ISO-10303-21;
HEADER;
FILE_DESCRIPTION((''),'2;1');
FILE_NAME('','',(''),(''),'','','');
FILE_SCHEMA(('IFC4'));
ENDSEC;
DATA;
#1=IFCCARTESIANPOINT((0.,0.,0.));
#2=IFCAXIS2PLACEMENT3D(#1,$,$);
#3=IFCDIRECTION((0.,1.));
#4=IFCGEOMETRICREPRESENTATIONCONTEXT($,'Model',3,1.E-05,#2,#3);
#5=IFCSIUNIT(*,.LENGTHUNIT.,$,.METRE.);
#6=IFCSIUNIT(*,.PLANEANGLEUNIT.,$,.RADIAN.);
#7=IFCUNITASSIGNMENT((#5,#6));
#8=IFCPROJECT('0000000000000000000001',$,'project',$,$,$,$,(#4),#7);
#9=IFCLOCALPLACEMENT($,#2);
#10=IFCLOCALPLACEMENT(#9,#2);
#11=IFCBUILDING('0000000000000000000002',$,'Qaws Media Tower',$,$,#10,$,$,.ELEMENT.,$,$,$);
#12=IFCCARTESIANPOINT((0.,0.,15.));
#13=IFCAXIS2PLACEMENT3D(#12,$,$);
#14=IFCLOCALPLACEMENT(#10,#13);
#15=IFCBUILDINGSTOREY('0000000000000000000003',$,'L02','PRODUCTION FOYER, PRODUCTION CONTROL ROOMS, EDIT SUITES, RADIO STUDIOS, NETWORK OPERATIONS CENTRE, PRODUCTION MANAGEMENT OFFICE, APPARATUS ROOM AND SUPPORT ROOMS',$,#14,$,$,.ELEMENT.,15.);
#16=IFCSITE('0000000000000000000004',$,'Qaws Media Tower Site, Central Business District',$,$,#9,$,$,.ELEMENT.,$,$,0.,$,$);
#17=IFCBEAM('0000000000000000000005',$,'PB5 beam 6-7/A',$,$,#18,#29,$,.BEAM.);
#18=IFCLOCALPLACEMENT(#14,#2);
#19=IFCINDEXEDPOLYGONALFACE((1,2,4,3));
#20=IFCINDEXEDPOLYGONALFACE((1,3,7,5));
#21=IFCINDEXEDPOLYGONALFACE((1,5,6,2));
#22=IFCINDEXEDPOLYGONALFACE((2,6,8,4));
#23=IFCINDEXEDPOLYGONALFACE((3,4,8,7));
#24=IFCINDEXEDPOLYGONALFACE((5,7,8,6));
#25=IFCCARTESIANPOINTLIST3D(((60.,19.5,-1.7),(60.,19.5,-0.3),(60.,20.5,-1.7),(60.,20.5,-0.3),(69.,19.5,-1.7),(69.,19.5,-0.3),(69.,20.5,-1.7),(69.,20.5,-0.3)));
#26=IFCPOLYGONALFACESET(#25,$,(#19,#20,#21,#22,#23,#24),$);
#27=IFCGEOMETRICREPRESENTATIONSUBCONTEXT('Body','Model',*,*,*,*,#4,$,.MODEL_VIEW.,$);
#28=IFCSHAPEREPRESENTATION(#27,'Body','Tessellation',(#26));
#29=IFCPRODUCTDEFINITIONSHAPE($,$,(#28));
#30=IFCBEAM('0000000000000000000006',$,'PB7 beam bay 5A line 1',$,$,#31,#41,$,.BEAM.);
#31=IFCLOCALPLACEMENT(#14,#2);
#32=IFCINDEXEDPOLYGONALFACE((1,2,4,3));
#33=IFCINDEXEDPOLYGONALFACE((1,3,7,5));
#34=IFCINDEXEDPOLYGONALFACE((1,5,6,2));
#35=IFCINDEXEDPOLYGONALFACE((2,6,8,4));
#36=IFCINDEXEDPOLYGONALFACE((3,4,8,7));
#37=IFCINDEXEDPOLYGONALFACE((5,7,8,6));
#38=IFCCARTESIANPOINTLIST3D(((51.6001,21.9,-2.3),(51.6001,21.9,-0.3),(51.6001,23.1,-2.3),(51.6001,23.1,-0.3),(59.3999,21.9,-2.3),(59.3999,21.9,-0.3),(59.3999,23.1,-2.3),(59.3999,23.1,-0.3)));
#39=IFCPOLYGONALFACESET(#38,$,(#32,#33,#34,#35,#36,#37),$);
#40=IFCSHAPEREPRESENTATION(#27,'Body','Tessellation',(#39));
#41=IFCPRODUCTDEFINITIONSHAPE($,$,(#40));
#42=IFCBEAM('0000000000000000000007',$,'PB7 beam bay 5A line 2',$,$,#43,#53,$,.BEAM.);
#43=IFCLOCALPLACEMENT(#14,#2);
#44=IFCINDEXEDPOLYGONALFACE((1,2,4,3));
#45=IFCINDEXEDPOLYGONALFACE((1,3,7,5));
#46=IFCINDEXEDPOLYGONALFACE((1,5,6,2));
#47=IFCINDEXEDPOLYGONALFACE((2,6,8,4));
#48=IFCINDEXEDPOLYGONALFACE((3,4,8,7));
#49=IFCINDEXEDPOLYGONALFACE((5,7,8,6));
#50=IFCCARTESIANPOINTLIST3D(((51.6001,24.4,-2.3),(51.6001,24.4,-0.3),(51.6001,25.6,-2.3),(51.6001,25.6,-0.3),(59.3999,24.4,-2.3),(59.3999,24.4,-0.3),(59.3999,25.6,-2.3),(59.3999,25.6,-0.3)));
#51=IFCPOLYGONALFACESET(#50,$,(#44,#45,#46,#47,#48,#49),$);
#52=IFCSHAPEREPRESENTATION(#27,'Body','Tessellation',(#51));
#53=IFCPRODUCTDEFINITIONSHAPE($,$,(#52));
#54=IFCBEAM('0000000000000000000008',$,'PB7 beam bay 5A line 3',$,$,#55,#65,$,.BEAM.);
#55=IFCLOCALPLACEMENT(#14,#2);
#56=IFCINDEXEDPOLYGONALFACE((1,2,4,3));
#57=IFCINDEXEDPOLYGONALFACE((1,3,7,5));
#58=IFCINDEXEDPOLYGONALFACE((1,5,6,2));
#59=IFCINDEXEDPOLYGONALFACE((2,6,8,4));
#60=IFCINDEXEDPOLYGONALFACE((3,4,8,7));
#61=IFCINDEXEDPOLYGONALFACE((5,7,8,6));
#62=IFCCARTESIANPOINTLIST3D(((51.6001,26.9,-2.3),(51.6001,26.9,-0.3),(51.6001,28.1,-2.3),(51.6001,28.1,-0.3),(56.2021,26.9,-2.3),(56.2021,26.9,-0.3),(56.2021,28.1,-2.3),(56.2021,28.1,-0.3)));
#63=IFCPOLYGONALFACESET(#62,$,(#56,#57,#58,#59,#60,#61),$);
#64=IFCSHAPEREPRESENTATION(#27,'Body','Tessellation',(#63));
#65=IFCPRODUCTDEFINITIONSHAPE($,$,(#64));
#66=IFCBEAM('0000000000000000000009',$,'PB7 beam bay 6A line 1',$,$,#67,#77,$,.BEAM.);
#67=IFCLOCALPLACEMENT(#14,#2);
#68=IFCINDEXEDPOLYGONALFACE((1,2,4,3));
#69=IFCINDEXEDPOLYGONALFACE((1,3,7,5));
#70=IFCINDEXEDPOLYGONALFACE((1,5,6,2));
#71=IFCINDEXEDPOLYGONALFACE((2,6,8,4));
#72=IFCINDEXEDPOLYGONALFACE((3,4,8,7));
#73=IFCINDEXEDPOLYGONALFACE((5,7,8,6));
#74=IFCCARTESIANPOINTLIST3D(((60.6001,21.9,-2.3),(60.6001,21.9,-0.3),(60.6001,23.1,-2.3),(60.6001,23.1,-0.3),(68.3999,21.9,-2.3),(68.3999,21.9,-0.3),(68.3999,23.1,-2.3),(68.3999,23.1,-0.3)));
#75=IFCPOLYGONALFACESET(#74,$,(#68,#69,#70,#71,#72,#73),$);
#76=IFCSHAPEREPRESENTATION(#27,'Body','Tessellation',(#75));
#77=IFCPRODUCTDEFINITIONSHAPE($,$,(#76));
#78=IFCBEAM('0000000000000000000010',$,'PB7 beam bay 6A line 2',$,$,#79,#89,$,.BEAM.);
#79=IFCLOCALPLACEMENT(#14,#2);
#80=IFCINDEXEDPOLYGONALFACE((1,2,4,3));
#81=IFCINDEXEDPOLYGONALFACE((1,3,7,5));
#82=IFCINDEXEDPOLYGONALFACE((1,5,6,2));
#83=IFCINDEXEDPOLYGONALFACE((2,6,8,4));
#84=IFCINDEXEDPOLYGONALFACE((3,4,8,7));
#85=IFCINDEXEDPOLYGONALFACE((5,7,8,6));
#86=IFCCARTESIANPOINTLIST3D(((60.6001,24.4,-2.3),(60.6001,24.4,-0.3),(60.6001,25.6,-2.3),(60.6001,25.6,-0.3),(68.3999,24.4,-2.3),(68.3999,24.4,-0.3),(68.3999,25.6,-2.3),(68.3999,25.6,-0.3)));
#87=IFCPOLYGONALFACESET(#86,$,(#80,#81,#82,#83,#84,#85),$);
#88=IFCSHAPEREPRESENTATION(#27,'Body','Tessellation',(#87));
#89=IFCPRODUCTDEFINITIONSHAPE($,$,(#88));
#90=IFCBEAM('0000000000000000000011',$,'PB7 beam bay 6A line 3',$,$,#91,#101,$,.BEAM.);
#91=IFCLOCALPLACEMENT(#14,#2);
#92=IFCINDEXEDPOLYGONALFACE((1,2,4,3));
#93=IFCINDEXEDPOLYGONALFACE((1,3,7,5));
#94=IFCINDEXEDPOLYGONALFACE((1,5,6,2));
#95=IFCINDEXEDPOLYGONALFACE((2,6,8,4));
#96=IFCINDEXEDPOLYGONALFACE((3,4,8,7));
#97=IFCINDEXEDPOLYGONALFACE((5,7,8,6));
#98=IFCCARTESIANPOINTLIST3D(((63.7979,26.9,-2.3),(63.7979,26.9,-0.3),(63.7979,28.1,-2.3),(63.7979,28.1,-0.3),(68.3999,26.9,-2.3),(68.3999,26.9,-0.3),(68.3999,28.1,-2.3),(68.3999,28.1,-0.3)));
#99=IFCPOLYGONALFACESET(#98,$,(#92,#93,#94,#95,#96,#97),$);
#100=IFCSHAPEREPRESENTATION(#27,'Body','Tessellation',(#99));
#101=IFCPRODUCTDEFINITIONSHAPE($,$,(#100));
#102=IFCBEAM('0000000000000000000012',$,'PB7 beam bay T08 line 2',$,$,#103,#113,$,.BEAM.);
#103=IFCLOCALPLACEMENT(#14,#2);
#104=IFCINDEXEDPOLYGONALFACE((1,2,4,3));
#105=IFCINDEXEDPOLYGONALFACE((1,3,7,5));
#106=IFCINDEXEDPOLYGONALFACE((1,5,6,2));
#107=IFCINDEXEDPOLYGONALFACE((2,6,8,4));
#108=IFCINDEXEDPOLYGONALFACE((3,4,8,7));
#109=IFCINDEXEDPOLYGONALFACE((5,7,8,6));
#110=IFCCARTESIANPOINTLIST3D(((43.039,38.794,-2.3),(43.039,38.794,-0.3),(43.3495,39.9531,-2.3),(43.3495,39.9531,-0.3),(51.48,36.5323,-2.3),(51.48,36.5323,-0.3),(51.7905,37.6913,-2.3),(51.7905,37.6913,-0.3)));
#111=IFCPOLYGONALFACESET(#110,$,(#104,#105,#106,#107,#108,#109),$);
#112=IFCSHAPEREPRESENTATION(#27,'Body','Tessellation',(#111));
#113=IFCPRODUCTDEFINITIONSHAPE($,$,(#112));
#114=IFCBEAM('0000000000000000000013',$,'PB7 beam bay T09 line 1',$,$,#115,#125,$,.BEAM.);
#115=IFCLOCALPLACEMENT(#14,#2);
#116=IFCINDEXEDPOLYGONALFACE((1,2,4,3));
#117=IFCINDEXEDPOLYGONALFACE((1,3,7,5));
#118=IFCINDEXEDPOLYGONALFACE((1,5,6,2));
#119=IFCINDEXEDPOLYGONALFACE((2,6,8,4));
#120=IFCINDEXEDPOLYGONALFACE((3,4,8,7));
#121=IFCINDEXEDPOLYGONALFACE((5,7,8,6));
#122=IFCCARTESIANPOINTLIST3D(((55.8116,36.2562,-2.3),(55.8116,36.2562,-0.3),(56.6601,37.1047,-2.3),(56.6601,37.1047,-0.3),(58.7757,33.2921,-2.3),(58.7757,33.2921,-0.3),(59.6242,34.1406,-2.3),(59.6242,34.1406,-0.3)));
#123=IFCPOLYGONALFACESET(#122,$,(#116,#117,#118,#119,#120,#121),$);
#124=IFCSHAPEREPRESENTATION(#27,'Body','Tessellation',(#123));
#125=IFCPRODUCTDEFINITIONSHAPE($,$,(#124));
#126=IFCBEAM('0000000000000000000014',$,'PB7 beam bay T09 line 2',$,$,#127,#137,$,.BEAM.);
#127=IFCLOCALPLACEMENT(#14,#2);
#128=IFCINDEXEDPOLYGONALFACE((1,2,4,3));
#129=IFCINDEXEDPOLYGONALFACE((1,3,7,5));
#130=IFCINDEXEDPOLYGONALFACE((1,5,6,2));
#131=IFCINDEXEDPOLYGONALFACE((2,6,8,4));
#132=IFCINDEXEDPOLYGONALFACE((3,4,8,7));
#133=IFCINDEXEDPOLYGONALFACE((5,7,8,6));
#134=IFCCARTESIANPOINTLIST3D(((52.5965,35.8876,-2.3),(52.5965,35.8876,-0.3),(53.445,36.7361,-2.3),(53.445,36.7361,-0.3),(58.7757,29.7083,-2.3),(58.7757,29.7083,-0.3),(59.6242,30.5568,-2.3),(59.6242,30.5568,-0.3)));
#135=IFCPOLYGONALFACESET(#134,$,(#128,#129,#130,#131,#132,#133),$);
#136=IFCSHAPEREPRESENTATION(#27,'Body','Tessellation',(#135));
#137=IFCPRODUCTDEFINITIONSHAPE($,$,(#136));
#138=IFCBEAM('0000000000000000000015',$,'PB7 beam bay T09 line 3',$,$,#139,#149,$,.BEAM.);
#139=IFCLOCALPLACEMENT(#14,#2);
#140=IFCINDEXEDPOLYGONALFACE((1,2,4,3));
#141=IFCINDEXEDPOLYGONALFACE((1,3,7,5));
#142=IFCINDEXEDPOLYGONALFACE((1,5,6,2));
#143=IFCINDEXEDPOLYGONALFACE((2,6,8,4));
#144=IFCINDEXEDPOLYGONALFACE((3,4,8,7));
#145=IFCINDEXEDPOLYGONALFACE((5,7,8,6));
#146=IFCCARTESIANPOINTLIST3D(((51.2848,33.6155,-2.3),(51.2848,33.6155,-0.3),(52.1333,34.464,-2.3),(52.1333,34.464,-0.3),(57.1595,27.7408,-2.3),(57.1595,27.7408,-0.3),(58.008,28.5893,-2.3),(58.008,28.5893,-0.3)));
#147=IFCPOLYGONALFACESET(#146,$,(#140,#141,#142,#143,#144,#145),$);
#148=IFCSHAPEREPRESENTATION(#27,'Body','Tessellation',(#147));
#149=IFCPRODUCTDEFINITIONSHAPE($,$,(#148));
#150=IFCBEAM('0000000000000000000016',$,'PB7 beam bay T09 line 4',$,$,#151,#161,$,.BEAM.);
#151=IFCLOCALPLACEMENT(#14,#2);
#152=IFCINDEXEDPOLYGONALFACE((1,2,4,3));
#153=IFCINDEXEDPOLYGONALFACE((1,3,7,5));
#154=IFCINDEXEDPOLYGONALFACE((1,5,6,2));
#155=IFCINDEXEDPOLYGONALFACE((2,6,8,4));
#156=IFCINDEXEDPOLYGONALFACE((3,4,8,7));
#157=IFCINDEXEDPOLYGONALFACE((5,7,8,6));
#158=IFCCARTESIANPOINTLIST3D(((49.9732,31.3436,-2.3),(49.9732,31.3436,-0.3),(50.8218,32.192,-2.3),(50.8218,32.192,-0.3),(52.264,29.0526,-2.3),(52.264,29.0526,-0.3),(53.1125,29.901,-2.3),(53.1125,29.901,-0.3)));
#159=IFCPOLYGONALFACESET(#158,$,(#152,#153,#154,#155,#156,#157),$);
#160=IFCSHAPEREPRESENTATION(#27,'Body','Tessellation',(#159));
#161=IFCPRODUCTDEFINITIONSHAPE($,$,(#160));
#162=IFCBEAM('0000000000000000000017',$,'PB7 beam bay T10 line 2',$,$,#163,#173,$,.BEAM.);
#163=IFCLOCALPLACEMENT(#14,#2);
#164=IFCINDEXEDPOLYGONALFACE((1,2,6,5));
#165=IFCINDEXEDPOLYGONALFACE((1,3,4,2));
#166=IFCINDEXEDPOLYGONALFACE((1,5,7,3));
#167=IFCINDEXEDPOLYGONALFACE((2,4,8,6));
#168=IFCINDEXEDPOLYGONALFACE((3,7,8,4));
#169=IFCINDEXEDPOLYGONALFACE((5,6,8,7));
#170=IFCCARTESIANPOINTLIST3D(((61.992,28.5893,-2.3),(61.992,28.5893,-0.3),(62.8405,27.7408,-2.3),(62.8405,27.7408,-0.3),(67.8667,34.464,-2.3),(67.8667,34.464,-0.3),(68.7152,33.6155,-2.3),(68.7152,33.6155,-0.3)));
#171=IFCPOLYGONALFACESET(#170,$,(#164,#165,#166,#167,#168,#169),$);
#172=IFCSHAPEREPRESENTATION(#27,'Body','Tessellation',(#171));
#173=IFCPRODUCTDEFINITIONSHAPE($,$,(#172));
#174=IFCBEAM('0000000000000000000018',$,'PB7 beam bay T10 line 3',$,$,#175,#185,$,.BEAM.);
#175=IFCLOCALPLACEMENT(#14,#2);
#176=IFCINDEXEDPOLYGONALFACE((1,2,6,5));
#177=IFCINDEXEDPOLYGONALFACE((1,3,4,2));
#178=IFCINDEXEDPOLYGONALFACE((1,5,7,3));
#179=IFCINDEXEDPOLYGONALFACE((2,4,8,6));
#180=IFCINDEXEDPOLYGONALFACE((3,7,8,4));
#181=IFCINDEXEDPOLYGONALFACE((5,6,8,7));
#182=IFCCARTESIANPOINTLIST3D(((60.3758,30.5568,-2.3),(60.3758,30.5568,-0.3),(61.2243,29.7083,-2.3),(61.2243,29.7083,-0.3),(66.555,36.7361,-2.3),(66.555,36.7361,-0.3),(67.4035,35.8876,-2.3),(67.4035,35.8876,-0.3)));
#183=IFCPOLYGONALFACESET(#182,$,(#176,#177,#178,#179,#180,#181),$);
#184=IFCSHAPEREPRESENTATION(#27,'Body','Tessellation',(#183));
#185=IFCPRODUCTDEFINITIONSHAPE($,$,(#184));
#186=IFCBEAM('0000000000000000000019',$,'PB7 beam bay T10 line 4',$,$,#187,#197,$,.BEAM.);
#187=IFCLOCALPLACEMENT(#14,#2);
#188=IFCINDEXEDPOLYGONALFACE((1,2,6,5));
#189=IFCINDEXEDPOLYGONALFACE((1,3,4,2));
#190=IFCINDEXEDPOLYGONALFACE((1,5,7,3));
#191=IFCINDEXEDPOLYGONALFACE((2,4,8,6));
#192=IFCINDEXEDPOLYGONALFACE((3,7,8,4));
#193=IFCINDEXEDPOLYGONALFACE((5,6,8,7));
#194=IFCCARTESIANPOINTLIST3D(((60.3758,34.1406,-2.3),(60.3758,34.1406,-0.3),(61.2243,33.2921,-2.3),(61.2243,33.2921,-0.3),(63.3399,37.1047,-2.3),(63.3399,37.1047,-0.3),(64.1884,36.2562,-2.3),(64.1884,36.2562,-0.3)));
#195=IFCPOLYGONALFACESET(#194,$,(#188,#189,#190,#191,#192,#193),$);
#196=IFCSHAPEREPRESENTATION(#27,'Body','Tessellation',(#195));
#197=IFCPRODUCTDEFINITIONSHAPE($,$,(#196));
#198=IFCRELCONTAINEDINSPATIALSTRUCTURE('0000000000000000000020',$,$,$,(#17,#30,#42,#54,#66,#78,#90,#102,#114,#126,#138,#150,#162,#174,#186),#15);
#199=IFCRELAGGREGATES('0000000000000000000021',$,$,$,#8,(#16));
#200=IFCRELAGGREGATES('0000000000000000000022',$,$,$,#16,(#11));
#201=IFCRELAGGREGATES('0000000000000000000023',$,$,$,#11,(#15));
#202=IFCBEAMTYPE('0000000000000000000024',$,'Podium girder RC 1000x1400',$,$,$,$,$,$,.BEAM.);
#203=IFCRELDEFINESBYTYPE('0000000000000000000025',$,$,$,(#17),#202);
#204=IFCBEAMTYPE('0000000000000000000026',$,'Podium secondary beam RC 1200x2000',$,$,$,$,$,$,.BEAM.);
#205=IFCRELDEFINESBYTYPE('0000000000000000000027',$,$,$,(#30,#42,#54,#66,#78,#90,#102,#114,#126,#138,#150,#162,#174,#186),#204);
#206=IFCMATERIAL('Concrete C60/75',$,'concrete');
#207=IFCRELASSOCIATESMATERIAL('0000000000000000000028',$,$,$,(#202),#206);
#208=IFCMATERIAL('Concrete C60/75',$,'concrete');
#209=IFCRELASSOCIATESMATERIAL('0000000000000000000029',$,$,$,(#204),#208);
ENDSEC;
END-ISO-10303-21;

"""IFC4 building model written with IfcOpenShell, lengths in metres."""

from ifc_helpers import new_model, si_unit, direction, frame, origin, origin_2d, place, context, subcontext, project, spatial, rectangle, extrude, material, material_profile, profile_set, type_object, element, save


model = new_model("IFC4")

# Units and contexts
model_context = context("Model", 3, precision=1e-05, world=origin(), true_north=direction((0.0, 1.0)))
body_context = subcontext(model_context, "Body", "Model", "MODEL_VIEW")
ifc_project = project(units=[si_unit("LENGTHUNIT", "METRE"), si_unit("PLANEANGLEUNIT", "RADIAN")], contexts=[model_context])

# Site, building, storey
site_placement = place(None, origin())
site = spatial("IfcSite", under=ifc_project, at=site_placement, Name="Qaws Media Tower Site, Central Business District", CompositionType="ELEMENT", RefElevation=0.0)
building_placement = place(site_placement, origin())
building = spatial("IfcBuilding", under=site, at=building_placement, Name="Qaws Media Tower", CompositionType="ELEMENT")
storey_placement = place(building_placement, frame((0.0, 0.0, 15.0)))
storey = spatial("IfcBuildingStorey", under=building, at=storey_placement, Name="L02", Description="PRODUCTION FOYER, PRODUCTION CONTROL ROOMS, EDIT SUITES, RADIO STUDIOS, NETWORK OPERATIONS CENTRE, PRODUCTION MANAGEMENT OFFICE, APPARATUS ROOM AND SUPPORT ROOMS", CompositionType="ELEMENT", Elevation=15.0)

# Beams
ifc_material_1 = material(Name="Concrete C60/75", Category="concrete")
ifc_material_profile_1 = material_profile(ifc_material_1, rectangle(XDim=1.0, YDim=1.3999, at=origin_2d()), Name="RC 1000x1400")
ifc_profile_set_1 = profile_set([ifc_material_profile_1], Name="Concrete C60/75")
beam_type_1 = type_object("IfcBeamType", Name="Podium girder RC 1000x1400", PredefinedType="BEAM", material=ifc_profile_set_1)
beam_1_placement = place(storey_placement, frame((60.0, 20.0, -1.0), z_axis=(1.0, 0.0, 0.0), x_axis=(0.0, 1.0, 0.0)))
element("IfcBeam", 1, at=beam_1_placement, inside=storey, type_object=beam_type_1, Name="PB5 beam 6-7/A", PredefinedType="BEAM", context=body_context, shape_type="SweptSolid", body=[
    extrude(rectangle(XDim=1.0, YDim=1.3999, at=origin_2d()), origin(), (0.0, 0.0, 1.0), 9.0),
])
ifc_material_2 = material(Name="Concrete C60/75", Category="concrete")
ifc_material_profile_2 = material_profile(ifc_material_2, rectangle(XDim=1.2, YDim=2.0, at=origin_2d()), Name="RC 1200x2000")
ifc_profile_set_2 = profile_set([ifc_material_profile_2], Name="Concrete C60/75")
beam_type_2 = type_object("IfcBeamType", Name="Podium secondary beam RC 1200x2000", PredefinedType="BEAM", material=ifc_profile_set_2)
for number, where, z_axis, x_axis, name in (
    (2, (51.6001, 22.5, -1.3), (1.0, 0.0, 0.0), (0.0, 1.0, 0.0), "PB7 beam bay 5A line 1"),
    (3, (51.6001, 25.0, -1.3), (1.0, 0.0, 0.0), (0.0, 1.0, 0.0), "PB7 beam bay 5A line 2"),
):
    element("IfcBeam", number, at=place(storey_placement, frame(where, z_axis=z_axis, x_axis=x_axis)), inside=storey, type_object=beam_type_2, Name=name, PredefinedType="BEAM", context=body_context, shape_type="SweptSolid", body=[
        extrude(rectangle(XDim=1.2, YDim=2.0, at=origin_2d()), origin(), (0.0, 0.0, 1.0), 7.7998),
    ])
beam_2_placement = place(storey_placement, frame((51.6001, 27.5, -1.3), z_axis=(1.0, 0.0, 0.0), x_axis=(0.0, 1.0, 0.0)))
element("IfcBeam", 4, at=beam_2_placement, inside=storey, type_object=beam_type_2, Name="PB7 beam bay 5A line 3", PredefinedType="BEAM", context=body_context, shape_type="SweptSolid", body=[
    extrude(rectangle(XDim=1.2, YDim=2.0, at=origin_2d()), origin(), (0.0, 0.0, 1.0), 4.6021),
])
for number, where, z_axis, x_axis, name in (
    (5, (60.6001, 22.5, -1.3), (1.0, 0.0, 0.0), (0.0, 1.0, 0.0), "PB7 beam bay 6A line 1"),
    (6, (60.6001, 25.0, -1.3), (1.0, 0.0, 0.0), (0.0, 1.0, 0.0), "PB7 beam bay 6A line 2"),
):
    element("IfcBeam", number, at=place(storey_placement, frame(where, z_axis=z_axis, x_axis=x_axis)), inside=storey, type_object=beam_type_2, Name=name, PredefinedType="BEAM", context=body_context, shape_type="SweptSolid", body=[
        extrude(rectangle(XDim=1.2, YDim=2.0, at=origin_2d()), origin(), (0.0, 0.0, 1.0), 7.7998),
    ])
beam_3_placement = place(storey_placement, frame((63.7979, 27.5, -1.3), z_axis=(1.0, 0.0, 0.0), x_axis=(0.0, 1.0, 0.0)))
element("IfcBeam", 7, at=beam_3_placement, inside=storey, type_object=beam_type_2, Name="PB7 beam bay 6A line 3", PredefinedType="BEAM", context=body_context, shape_type="SweptSolid", body=[
    extrude(rectangle(XDim=1.2, YDim=2.0, at=origin_2d()), origin(), (0.0, 0.0, 1.0), 4.6021),
])
beam_4_placement = place(storey_placement, frame((51.6353, 37.1118, -1.3), z_axis=(-0.965926, 0.258817, 0.0), x_axis=(-0.258817, -0.965926, 0.0)))
element("IfcBeam", 8, at=beam_4_placement, inside=storey, type_object=beam_type_2, Name="PB7 beam bay T08 line 2", PredefinedType="BEAM", context=body_context, shape_type="SweptSolid", body=[
    extrude(rectangle(XDim=1.2, YDim=2.0, at=origin_2d()), origin(), (0.0, 0.0, 1.0), 8.7388),
])
beam_5_placement = place(storey_placement, frame((59.2, 33.7163, -1.3), z_axis=(-0.707107, 0.707107, 0.0), x_axis=(-0.707107, -0.707107, 0.0)))
element("IfcBeam", 9, at=beam_5_placement, inside=storey, type_object=beam_type_2, Name="PB7 beam bay T09 line 1", PredefinedType="BEAM", context=body_context, shape_type="SweptSolid", body=[
    extrude(rectangle(XDim=1.2, YDim=2.0, at=origin_2d()), origin(), (0.0, 0.0, 1.0), 4.1919),
])
beam_6_placement = place(storey_placement, frame((59.2, 30.1326, -1.3), z_axis=(-0.707107, 0.707107, 0.0), x_axis=(-0.707107, -0.707107, 0.0)))
element("IfcBeam", 10, at=beam_6_placement, inside=storey, type_object=beam_type_2, Name="PB7 beam bay T09 line 2", PredefinedType="BEAM", context=body_context, shape_type="SweptSolid", body=[
    extrude(rectangle(XDim=1.2, YDim=2.0, at=origin_2d()), origin(), (0.0, 0.0, 1.0), 8.7388),
])
beam_7_placement = place(storey_placement, frame((57.5837, 28.165, -1.3), z_axis=(-0.707107, 0.707107, 0.0), x_axis=(-0.707107, -0.707107, 0.0)))
element("IfcBeam", 11, at=beam_7_placement, inside=storey, type_object=beam_type_2, Name="PB7 beam bay T09 line 3", PredefinedType="BEAM", context=body_context, shape_type="SweptSolid", body=[
    extrude(rectangle(XDim=1.2, YDim=2.0, at=origin_2d()), origin(), (0.0, 0.0, 1.0), 8.3081),
])
beam_8_placement = place(storey_placement, frame((52.6882, 29.4768, -1.3), z_axis=(-0.707069, 0.707144, 0.0), x_axis=(-0.707144, -0.707069, 0.0)))
element("IfcBeam", 12, at=beam_8_placement, inside=storey, type_object=beam_type_2, Name="PB7 beam bay T09 line 4", PredefinedType="BEAM", context=body_context, shape_type="SweptSolid", body=[
    extrude(rectangle(XDim=1.2, YDim=2.0, at=origin_2d()), origin(), (0.0, 0.0, 1.0), 3.2397),
])
beam_9_placement = place(storey_placement, frame((62.4163, 28.165, -1.3), z_axis=(0.707107, 0.707107, 0.0), x_axis=(-0.707107, 0.707107, 0.0)))
element("IfcBeam", 13, at=beam_9_placement, inside=storey, type_object=beam_type_2, Name="PB7 beam bay T10 line 2", PredefinedType="BEAM", context=body_context, shape_type="SweptSolid", body=[
    extrude(rectangle(XDim=1.2, YDim=2.0, at=origin_2d()), origin(), (0.0, 0.0, 1.0), 8.3081),
])
beam_10_placement = place(storey_placement, frame((60.8, 30.1326, -1.3), z_axis=(0.707107, 0.707107, 0.0), x_axis=(-0.707107, 0.707107, 0.0)))
element("IfcBeam", 14, at=beam_10_placement, inside=storey, type_object=beam_type_2, Name="PB7 beam bay T10 line 3", PredefinedType="BEAM", context=body_context, shape_type="SweptSolid", body=[
    extrude(rectangle(XDim=1.2, YDim=2.0, at=origin_2d()), origin(), (0.0, 0.0, 1.0), 8.7388),
])
beam_11_placement = place(storey_placement, frame((60.8, 33.7163, -1.3), z_axis=(0.707107, 0.707107, 0.0), x_axis=(-0.707107, 0.707107, 0.0)))
element("IfcBeam", 15, at=beam_11_placement, inside=storey, type_object=beam_type_2, Name="PB7 beam bay T10 line 4", PredefinedType="BEAM", context=body_context, shape_type="SweptSolid", body=[
    extrude(rectangle(XDim=1.2, YDim=2.0, at=origin_2d()), origin(), (0.0, 0.0, 1.0), 4.1919),
])

save(model, "model.ifc")
